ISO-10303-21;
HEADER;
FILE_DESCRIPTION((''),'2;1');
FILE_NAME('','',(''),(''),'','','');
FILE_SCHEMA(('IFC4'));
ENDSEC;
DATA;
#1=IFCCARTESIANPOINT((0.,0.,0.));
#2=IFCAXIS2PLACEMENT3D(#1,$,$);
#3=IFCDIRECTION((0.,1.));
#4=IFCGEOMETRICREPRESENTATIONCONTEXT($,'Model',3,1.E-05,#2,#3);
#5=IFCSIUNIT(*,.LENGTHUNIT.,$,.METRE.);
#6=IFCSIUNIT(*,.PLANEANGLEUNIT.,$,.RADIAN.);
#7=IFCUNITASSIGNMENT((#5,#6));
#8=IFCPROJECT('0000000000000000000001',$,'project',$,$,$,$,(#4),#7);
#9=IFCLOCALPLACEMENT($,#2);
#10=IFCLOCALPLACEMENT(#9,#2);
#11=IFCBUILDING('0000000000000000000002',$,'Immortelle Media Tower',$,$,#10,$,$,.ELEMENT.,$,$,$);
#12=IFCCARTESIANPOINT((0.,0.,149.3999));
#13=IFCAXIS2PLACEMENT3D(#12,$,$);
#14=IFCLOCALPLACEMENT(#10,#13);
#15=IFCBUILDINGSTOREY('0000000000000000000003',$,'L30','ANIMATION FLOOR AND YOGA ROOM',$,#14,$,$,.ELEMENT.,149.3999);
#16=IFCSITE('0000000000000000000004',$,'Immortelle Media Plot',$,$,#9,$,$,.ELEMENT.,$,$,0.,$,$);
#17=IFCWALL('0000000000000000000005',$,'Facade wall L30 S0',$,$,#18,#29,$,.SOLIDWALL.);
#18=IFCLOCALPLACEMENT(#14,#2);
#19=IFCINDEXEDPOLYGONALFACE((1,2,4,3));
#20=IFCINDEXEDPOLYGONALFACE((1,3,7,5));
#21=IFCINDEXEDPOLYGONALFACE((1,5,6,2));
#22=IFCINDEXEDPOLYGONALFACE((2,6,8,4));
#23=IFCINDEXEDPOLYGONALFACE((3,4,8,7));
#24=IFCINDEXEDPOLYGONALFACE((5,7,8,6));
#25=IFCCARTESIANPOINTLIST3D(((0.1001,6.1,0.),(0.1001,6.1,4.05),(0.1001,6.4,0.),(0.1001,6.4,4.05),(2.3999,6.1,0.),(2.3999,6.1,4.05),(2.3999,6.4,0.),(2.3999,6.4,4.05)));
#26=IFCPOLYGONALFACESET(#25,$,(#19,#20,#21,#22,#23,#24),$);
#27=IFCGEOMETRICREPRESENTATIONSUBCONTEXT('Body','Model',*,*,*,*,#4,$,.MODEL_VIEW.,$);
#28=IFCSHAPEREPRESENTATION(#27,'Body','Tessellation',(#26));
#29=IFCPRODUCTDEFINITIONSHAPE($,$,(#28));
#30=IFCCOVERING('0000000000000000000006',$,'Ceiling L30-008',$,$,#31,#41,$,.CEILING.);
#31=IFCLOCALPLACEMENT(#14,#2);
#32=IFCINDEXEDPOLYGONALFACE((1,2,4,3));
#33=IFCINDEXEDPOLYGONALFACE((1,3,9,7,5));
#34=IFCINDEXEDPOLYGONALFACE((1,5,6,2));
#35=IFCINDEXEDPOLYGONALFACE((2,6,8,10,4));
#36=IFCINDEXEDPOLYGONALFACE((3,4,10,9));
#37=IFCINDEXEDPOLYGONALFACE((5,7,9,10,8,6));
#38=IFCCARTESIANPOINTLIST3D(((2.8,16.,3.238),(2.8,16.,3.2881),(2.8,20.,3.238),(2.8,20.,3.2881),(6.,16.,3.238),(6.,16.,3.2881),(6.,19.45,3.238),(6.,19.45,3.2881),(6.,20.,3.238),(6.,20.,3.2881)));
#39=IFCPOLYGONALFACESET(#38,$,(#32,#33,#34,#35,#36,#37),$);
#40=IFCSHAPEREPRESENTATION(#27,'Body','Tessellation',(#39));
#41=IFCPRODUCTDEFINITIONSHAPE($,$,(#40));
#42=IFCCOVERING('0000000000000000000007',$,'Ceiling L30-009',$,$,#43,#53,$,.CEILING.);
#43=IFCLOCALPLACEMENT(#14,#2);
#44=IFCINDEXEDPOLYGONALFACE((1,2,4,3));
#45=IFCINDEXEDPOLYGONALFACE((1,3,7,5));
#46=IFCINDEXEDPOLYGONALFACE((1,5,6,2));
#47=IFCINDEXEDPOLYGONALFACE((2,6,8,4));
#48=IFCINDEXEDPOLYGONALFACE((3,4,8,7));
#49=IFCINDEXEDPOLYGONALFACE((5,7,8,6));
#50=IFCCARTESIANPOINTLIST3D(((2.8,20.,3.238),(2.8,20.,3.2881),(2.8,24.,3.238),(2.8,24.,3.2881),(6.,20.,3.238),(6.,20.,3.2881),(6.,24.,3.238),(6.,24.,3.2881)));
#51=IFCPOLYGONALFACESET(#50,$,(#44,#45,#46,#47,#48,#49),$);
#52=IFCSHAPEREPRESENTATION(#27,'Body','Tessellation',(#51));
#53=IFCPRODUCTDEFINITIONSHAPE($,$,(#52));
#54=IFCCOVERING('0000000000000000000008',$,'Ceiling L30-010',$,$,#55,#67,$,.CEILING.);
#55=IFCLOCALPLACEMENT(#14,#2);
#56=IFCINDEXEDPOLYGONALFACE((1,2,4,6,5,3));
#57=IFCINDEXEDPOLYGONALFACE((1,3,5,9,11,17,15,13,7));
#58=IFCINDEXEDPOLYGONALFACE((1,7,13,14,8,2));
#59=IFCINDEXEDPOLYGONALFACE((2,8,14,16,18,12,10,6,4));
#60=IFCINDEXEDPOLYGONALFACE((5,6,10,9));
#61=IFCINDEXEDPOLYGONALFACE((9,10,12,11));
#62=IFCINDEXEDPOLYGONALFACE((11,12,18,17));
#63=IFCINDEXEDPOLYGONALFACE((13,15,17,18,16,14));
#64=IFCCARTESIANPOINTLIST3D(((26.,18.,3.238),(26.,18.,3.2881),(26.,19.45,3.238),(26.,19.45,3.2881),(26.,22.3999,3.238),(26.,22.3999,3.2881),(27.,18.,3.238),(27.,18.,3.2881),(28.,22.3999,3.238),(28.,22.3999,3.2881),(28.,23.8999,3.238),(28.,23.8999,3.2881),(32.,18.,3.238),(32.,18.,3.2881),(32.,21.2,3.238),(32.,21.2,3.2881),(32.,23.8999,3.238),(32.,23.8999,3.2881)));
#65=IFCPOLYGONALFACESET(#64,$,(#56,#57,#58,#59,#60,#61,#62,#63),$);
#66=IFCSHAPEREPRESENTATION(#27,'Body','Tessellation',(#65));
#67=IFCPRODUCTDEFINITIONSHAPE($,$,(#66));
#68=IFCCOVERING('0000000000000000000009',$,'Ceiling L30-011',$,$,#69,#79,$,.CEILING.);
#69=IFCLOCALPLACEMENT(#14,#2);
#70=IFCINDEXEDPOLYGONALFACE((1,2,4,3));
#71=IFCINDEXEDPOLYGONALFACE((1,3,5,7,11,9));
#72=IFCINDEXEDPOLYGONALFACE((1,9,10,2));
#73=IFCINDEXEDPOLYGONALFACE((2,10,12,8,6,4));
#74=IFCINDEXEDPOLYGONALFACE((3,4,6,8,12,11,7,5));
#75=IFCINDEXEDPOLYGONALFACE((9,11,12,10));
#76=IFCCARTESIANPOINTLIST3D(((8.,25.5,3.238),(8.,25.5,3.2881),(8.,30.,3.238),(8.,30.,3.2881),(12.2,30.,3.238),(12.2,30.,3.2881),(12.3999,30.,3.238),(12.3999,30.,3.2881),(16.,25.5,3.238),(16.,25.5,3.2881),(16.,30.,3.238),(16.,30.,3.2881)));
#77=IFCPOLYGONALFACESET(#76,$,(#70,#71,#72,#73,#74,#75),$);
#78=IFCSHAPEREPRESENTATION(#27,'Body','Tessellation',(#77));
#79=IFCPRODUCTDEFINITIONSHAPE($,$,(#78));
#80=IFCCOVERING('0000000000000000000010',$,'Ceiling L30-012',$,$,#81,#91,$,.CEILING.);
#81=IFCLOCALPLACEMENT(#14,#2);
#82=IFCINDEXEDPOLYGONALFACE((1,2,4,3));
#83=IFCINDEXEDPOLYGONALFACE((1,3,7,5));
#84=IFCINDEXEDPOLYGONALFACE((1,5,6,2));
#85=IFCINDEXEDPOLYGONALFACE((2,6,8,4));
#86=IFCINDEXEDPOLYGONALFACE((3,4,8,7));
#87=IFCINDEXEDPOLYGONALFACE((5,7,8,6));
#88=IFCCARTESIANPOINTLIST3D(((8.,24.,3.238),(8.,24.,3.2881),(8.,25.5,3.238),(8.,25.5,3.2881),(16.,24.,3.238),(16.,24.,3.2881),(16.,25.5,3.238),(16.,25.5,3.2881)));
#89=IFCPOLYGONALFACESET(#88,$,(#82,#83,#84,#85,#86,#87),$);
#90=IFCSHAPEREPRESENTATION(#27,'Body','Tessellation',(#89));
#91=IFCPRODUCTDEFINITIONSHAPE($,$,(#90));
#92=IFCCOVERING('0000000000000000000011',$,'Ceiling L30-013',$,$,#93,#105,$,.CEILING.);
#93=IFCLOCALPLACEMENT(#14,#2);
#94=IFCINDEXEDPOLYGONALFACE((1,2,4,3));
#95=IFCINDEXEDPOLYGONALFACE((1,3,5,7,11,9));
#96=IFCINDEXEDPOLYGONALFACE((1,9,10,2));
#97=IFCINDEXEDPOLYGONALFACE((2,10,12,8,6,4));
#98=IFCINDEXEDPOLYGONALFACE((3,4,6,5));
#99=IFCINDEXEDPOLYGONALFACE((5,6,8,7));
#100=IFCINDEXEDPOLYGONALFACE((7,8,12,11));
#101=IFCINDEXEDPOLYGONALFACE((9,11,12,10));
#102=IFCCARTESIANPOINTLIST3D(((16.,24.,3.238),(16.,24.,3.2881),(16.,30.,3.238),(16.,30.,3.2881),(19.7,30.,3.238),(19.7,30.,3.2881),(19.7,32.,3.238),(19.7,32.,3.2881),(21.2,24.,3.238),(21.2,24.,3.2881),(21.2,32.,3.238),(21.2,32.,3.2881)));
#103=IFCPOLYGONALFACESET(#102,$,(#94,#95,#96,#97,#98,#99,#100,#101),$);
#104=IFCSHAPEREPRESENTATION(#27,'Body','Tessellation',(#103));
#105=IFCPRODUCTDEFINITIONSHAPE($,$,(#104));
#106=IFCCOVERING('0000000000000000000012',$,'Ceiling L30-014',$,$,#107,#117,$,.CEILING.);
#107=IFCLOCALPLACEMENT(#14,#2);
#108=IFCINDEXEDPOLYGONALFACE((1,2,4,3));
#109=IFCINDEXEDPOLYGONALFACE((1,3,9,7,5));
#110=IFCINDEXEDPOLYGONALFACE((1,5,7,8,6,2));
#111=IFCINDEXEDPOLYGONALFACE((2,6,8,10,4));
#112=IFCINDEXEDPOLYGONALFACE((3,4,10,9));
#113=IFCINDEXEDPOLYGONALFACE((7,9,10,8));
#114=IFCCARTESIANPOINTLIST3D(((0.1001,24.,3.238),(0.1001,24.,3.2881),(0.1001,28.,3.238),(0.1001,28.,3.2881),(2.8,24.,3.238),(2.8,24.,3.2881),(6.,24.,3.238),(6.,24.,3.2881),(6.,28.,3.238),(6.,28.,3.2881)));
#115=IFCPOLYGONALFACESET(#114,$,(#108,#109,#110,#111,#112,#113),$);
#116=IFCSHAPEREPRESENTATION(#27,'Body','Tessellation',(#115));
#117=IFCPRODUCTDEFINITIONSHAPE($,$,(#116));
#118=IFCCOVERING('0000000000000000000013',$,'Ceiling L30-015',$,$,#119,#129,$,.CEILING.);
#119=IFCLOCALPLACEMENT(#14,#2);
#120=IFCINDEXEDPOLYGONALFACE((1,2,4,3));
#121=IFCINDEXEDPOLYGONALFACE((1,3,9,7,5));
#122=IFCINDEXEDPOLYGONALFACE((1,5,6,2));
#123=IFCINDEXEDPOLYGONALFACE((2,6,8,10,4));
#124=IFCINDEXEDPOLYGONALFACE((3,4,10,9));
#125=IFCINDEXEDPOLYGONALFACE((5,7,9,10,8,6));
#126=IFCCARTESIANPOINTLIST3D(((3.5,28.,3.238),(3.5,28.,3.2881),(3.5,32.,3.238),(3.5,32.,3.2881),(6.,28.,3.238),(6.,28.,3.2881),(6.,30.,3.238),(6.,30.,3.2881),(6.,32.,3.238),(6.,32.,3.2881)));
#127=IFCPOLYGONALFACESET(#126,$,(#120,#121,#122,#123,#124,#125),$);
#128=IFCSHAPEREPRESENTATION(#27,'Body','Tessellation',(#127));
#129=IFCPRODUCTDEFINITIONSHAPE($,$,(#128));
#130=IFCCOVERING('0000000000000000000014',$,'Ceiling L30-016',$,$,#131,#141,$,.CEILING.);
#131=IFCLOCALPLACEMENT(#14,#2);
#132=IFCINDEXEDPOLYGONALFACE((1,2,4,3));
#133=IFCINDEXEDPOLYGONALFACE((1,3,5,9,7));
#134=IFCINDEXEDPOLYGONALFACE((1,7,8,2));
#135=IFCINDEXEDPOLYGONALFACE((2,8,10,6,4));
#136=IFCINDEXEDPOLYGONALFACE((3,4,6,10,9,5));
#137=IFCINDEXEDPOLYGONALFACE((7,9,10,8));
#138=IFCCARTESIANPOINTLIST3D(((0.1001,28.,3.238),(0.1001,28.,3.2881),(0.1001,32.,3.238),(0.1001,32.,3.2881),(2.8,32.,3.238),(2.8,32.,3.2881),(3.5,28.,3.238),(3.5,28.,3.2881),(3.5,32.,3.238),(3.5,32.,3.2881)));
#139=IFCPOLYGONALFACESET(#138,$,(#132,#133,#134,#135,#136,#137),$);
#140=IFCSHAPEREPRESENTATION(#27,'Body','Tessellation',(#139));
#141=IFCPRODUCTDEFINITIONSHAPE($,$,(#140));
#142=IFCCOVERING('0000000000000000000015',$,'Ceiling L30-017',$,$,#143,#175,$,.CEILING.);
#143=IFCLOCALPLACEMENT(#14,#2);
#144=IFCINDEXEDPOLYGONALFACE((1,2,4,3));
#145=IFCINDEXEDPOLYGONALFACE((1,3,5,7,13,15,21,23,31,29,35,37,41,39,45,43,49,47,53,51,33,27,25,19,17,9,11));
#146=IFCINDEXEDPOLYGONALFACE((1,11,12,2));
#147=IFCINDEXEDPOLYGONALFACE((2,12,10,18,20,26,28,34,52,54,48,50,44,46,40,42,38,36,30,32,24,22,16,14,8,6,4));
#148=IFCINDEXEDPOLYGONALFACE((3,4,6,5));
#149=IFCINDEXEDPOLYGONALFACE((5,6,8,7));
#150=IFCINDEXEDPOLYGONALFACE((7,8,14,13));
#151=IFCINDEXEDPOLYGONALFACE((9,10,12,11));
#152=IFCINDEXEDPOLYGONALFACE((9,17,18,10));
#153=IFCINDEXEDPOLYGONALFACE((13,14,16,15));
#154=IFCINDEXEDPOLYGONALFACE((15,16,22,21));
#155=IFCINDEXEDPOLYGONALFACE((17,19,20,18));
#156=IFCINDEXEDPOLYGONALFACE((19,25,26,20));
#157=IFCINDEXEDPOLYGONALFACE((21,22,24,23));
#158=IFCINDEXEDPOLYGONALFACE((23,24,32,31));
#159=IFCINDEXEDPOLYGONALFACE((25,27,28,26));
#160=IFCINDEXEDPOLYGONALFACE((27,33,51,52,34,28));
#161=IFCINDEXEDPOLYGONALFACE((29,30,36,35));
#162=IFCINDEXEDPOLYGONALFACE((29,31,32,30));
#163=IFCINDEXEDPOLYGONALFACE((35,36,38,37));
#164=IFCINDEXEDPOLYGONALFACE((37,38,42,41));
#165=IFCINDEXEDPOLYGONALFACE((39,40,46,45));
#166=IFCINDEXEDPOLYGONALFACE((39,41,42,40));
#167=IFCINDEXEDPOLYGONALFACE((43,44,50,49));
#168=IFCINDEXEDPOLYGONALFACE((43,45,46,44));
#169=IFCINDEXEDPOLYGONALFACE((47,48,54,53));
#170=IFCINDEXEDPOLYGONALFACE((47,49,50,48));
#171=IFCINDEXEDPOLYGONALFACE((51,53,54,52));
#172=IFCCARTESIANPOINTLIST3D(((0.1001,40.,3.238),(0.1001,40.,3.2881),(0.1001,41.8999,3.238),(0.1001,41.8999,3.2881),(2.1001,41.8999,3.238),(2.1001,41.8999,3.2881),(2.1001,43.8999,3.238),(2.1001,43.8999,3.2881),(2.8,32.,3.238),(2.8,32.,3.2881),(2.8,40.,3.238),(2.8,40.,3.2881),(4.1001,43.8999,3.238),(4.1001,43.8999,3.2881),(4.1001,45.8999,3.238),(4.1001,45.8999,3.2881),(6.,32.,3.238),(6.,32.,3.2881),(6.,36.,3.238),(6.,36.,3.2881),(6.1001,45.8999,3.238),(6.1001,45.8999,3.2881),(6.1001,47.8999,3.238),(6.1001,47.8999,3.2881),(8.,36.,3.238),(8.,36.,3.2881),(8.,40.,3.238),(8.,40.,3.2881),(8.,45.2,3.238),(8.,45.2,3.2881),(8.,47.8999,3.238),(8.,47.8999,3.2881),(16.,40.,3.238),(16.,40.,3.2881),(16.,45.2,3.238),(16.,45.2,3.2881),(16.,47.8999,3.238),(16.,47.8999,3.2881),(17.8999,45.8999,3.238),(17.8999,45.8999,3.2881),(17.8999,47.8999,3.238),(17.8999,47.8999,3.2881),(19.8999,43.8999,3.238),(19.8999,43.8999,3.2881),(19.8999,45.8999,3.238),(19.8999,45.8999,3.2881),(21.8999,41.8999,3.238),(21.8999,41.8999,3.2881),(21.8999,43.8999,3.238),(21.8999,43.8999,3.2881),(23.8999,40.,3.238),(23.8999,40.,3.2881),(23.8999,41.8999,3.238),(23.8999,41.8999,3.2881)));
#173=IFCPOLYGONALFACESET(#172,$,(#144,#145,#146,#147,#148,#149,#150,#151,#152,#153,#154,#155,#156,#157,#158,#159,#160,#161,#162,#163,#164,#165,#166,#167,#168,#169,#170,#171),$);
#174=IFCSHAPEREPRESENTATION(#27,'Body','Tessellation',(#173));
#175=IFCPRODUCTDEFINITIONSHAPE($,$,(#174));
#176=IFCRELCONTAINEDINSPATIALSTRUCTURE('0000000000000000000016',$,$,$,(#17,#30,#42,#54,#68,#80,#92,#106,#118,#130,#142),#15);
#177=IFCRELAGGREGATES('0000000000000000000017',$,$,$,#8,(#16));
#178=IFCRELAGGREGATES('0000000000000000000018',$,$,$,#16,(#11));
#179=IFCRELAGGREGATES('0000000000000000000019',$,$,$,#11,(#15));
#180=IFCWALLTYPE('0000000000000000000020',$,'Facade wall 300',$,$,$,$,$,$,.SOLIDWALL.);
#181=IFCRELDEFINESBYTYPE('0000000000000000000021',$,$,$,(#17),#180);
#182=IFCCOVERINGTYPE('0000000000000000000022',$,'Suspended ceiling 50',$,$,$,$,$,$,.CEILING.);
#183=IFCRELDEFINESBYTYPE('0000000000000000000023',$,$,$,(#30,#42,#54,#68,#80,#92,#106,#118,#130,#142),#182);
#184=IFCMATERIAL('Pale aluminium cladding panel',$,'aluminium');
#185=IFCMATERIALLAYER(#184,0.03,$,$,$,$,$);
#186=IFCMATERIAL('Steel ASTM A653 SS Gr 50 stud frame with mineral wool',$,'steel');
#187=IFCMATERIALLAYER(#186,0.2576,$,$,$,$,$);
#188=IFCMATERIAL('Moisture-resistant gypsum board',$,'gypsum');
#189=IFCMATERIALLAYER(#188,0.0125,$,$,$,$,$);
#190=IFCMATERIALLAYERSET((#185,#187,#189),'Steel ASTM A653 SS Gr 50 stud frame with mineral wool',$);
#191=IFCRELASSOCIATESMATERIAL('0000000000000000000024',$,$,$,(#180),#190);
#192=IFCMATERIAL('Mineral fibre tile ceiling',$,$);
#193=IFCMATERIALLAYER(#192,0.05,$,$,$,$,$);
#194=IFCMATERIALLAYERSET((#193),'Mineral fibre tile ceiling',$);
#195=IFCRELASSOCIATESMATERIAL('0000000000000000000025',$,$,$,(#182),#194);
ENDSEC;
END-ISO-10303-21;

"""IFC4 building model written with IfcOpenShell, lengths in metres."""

from ifc_helpers import new_model, si_unit, direction, frame, frame_2d, origin, place, context, subcontext, project, spatial, polyline, rectangle, outline, extrude, material, layer, layer_set, type_object, element, save


model = new_model("IFC4")

# Units and contexts
model_context = context("Model", 3, precision=1e-05, world=origin(), true_north=direction((0.0, 1.0)))
body_context = subcontext(model_context, "Body", "Model", "MODEL_VIEW")
ifc_project = project(units=[si_unit("LENGTHUNIT", "METRE"), si_unit("PLANEANGLEUNIT", "RADIAN")], contexts=[model_context])

# Site, building, storey
site_placement = place(None, origin())
site = spatial("IfcSite", under=ifc_project, at=site_placement, Name="Immortelle Media Plot", CompositionType="ELEMENT", RefElevation=0.0)
building_placement = place(site_placement, origin())
building = spatial("IfcBuilding", under=site, at=building_placement, Name="Immortelle Media Tower", CompositionType="ELEMENT")
storey_placement = place(building_placement, frame((0.0, 0.0, 149.3999)))
storey = spatial("IfcBuildingStorey", under=building, at=storey_placement, Name="L30", Description="ANIMATION FLOOR AND YOGA ROOM", CompositionType="ELEMENT", Elevation=149.3999)

# Wall
ifc_material_1 = material(Name="Pale aluminium cladding panel", Category="aluminium")
ifc_layer_1 = layer(ifc_material_1, 0.03)
ifc_material_2 = material(Name="Steel ASTM A653 SS Gr 50 stud frame with mineral wool", Category="steel")
ifc_layer_2 = layer(ifc_material_2, 0.2576)
ifc_material_3 = material(Name="Moisture-resistant gypsum board", Category="gypsum")
ifc_layer_3 = layer(ifc_material_3, 0.0125)
ifc_layer_set_1 = layer_set([ifc_layer_1, ifc_layer_2, ifc_layer_3], Name="Steel ASTM A653 SS Gr 50 stud frame with mineral wool")
wall_type = type_object("IfcWallType", Name="Facade wall 300", PredefinedType="SOLIDWALL", material=ifc_layer_set_1)
wall_placement = place(storey_placement, frame((0.1001, 6.25, 0.0), z_axis=(0.0, 0.0, 1.0), x_axis=(1.0, 0.0, 0.0)))
element("IfcWall", 1, at=wall_placement, inside=storey, type_object=wall_type, Name="Facade wall L30 S0", PredefinedType="SOLIDWALL", context=body_context, shape_type="SweptSolid", body=[
    extrude(rectangle(XDim=2.2998, YDim=0.3, at=frame_2d((1.1499, 0.0))), origin(), (0.0, 0.0, 1.0), 4.05),
])

# Coverings
ifc_material_4 = material(Name="Mineral fibre tile ceiling")
ifc_layer_4 = layer(ifc_material_4, 0.05)
ifc_layer_set_2 = layer_set([ifc_layer_4], Name="Mineral fibre tile ceiling")
covering_type = type_object("IfcCoveringType", Name="Suspended ceiling 50", PredefinedType="CEILING", material=ifc_layer_set_2)
covering_1_placement = place(storey_placement, frame((0.0, 0.0, 3.238)))
element("IfcCovering", 2, at=covering_1_placement, inside=storey, type_object=covering_type, Name="Ceiling L30-008", PredefinedType="CEILING", context=body_context, shape_type="SweptSolid", body=[
    extrude(outline(polyline([(6.0, 16.0), (2.8, 16.0), (2.8, 20.0), (6.0, 20.0), (6.0, 19.45), (6.0, 16.0)])), origin(), (0.0, 0.0, 1.0), 0.05),
])
covering_2_placement = place(storey_placement, frame((0.0, 0.0, 3.238)))
element("IfcCovering", 3, at=covering_2_placement, inside=storey, type_object=covering_type, Name="Ceiling L30-009", PredefinedType="CEILING", context=body_context, shape_type="SweptSolid", body=[
    extrude(outline(polyline([(2.8, 24.0), (6.0, 24.0), (6.0, 20.0), (2.8, 20.0), (2.8, 24.0)])), origin(), (0.0, 0.0, 1.0), 0.05),
])
covering_3_placement = place(storey_placement, frame((0.0, 0.0, 3.238)))
element("IfcCovering", 4, at=covering_3_placement, inside=storey, type_object=covering_type, Name="Ceiling L30-010", PredefinedType="CEILING", context=body_context, shape_type="SweptSolid", body=[
    extrude(outline(polyline([(27.0, 18.0), (26.0, 18.0), (26.0, 19.45), (26.0, 22.3999), (28.0, 22.3999), (28.0, 23.8999), (32.0, 23.8999), (32.0, 21.2), (32.0, 18.0), (27.0, 18.0)])), origin(), (0.0, 0.0, 1.0), 0.05),
])
covering_4_placement = place(storey_placement, frame((0.0, 0.0, 3.238)))
element("IfcCovering", 5, at=covering_4_placement, inside=storey, type_object=covering_type, Name="Ceiling L30-011", PredefinedType="CEILING", context=body_context, shape_type="SweptSolid", body=[
    extrude(outline(polyline([(8.0, 30.0), (12.2, 30.0), (12.3999, 30.0), (16.0, 30.0), (16.0, 25.5), (8.0, 25.5), (8.0, 30.0)])), origin(), (0.0, 0.0, 1.0), 0.05),
])
covering_5_placement = place(storey_placement, frame((0.0, 0.0, 3.238)))
element("IfcCovering", 6, at=covering_5_placement, inside=storey, type_object=covering_type, Name="Ceiling L30-012", PredefinedType="CEILING", context=body_context, shape_type="SweptSolid", body=[
    extrude(outline(polyline([(8.0, 25.5), (16.0, 25.5), (16.0, 24.0), (8.0, 24.0), (8.0, 25.5)])), origin(), (0.0, 0.0, 1.0), 0.05),
])
covering_6_placement = place(storey_placement, frame((0.0, 0.0, 3.238)))
element("IfcCovering", 7, at=covering_6_placement, inside=storey, type_object=covering_type, Name="Ceiling L30-013", PredefinedType="CEILING", context=body_context, shape_type="SweptSolid", body=[
    extrude(outline(polyline([(16.0, 24.0), (16.0, 30.0), (19.7, 30.0), (19.7, 32.0), (21.2, 32.0), (21.2, 24.0), (16.0, 24.0)])), origin(), (0.0, 0.0, 1.0), 0.05),
])
covering_7_placement = place(storey_placement, frame((0.0, 0.0, 3.238)))
element("IfcCovering", 8, at=covering_7_placement, inside=storey, type_object=covering_type, Name="Ceiling L30-014", PredefinedType="CEILING", context=body_context, shape_type="SweptSolid", body=[
    extrude(outline(polyline([(6.0, 24.0), (2.8, 24.0), (0.1001, 24.0), (0.1001, 28.0), (6.0, 28.0), (6.0, 24.0)])), origin(), (0.0, 0.0, 1.0), 0.05),
])
covering_8_placement = place(storey_placement, frame((0.0, 0.0, 3.238)))
element("IfcCovering", 9, at=covering_8_placement, inside=storey, type_object=covering_type, Name="Ceiling L30-015", PredefinedType="CEILING", context=body_context, shape_type="SweptSolid", body=[
    extrude(outline(polyline([(3.5, 28.0), (3.5, 32.0), (6.0, 32.0), (6.0, 30.0), (6.0, 28.0), (3.5, 28.0)])), origin(), (0.0, 0.0, 1.0), 0.05),
])
covering_9_placement = place(storey_placement, frame((0.0, 0.0, 3.238)))
element("IfcCovering", 10, at=covering_9_placement, inside=storey, type_object=covering_type, Name="Ceiling L30-016", PredefinedType="CEILING", context=body_context, shape_type="SweptSolid", body=[
    extrude(outline(polyline([(0.1001, 28.0), (0.1001, 32.0), (2.8, 32.0), (3.5, 32.0), (3.5, 28.0), (0.1001, 28.0)])), origin(), (0.0, 0.0, 1.0), 0.05),
])
covering_10_placement = place(storey_placement, frame((0.0, 0.0, 3.238)))
element("IfcCovering", 11, at=covering_10_placement, inside=storey, type_object=covering_type, Name="Ceiling L30-017", PredefinedType="CEILING", context=body_context, shape_type="SweptSolid", body=[
    extrude(outline(polyline([(2.8, 40.0), (0.1001, 40.0), (0.1001, 41.8999), (2.1001, 41.8999), (2.1001, 43.8999), (4.1001, 43.8999), (4.1001, 45.8999), (6.1001, 45.8999), (6.1001, 47.8999), (8.0, 47.8999), (8.0, 45.2), (16.0, 45.2), (16.0, 47.8999), (17.8999, 47.8999), (17.8999, 45.8999), (19.8999, 45.8999), (19.8999, 43.8999), (21.8999, 43.8999), (21.8999, 41.8999), (23.8999, 41.8999), (23.8999, 40.0), (16.0, 40.0), (8.0, 40.0), (8.0, 36.0), (6.0, 36.0), (6.0, 32.0), (2.8, 32.0), (2.8, 40.0)])), origin(), (0.0, 0.0, 1.0), 0.05),
])

save(model, "model.ifc")
